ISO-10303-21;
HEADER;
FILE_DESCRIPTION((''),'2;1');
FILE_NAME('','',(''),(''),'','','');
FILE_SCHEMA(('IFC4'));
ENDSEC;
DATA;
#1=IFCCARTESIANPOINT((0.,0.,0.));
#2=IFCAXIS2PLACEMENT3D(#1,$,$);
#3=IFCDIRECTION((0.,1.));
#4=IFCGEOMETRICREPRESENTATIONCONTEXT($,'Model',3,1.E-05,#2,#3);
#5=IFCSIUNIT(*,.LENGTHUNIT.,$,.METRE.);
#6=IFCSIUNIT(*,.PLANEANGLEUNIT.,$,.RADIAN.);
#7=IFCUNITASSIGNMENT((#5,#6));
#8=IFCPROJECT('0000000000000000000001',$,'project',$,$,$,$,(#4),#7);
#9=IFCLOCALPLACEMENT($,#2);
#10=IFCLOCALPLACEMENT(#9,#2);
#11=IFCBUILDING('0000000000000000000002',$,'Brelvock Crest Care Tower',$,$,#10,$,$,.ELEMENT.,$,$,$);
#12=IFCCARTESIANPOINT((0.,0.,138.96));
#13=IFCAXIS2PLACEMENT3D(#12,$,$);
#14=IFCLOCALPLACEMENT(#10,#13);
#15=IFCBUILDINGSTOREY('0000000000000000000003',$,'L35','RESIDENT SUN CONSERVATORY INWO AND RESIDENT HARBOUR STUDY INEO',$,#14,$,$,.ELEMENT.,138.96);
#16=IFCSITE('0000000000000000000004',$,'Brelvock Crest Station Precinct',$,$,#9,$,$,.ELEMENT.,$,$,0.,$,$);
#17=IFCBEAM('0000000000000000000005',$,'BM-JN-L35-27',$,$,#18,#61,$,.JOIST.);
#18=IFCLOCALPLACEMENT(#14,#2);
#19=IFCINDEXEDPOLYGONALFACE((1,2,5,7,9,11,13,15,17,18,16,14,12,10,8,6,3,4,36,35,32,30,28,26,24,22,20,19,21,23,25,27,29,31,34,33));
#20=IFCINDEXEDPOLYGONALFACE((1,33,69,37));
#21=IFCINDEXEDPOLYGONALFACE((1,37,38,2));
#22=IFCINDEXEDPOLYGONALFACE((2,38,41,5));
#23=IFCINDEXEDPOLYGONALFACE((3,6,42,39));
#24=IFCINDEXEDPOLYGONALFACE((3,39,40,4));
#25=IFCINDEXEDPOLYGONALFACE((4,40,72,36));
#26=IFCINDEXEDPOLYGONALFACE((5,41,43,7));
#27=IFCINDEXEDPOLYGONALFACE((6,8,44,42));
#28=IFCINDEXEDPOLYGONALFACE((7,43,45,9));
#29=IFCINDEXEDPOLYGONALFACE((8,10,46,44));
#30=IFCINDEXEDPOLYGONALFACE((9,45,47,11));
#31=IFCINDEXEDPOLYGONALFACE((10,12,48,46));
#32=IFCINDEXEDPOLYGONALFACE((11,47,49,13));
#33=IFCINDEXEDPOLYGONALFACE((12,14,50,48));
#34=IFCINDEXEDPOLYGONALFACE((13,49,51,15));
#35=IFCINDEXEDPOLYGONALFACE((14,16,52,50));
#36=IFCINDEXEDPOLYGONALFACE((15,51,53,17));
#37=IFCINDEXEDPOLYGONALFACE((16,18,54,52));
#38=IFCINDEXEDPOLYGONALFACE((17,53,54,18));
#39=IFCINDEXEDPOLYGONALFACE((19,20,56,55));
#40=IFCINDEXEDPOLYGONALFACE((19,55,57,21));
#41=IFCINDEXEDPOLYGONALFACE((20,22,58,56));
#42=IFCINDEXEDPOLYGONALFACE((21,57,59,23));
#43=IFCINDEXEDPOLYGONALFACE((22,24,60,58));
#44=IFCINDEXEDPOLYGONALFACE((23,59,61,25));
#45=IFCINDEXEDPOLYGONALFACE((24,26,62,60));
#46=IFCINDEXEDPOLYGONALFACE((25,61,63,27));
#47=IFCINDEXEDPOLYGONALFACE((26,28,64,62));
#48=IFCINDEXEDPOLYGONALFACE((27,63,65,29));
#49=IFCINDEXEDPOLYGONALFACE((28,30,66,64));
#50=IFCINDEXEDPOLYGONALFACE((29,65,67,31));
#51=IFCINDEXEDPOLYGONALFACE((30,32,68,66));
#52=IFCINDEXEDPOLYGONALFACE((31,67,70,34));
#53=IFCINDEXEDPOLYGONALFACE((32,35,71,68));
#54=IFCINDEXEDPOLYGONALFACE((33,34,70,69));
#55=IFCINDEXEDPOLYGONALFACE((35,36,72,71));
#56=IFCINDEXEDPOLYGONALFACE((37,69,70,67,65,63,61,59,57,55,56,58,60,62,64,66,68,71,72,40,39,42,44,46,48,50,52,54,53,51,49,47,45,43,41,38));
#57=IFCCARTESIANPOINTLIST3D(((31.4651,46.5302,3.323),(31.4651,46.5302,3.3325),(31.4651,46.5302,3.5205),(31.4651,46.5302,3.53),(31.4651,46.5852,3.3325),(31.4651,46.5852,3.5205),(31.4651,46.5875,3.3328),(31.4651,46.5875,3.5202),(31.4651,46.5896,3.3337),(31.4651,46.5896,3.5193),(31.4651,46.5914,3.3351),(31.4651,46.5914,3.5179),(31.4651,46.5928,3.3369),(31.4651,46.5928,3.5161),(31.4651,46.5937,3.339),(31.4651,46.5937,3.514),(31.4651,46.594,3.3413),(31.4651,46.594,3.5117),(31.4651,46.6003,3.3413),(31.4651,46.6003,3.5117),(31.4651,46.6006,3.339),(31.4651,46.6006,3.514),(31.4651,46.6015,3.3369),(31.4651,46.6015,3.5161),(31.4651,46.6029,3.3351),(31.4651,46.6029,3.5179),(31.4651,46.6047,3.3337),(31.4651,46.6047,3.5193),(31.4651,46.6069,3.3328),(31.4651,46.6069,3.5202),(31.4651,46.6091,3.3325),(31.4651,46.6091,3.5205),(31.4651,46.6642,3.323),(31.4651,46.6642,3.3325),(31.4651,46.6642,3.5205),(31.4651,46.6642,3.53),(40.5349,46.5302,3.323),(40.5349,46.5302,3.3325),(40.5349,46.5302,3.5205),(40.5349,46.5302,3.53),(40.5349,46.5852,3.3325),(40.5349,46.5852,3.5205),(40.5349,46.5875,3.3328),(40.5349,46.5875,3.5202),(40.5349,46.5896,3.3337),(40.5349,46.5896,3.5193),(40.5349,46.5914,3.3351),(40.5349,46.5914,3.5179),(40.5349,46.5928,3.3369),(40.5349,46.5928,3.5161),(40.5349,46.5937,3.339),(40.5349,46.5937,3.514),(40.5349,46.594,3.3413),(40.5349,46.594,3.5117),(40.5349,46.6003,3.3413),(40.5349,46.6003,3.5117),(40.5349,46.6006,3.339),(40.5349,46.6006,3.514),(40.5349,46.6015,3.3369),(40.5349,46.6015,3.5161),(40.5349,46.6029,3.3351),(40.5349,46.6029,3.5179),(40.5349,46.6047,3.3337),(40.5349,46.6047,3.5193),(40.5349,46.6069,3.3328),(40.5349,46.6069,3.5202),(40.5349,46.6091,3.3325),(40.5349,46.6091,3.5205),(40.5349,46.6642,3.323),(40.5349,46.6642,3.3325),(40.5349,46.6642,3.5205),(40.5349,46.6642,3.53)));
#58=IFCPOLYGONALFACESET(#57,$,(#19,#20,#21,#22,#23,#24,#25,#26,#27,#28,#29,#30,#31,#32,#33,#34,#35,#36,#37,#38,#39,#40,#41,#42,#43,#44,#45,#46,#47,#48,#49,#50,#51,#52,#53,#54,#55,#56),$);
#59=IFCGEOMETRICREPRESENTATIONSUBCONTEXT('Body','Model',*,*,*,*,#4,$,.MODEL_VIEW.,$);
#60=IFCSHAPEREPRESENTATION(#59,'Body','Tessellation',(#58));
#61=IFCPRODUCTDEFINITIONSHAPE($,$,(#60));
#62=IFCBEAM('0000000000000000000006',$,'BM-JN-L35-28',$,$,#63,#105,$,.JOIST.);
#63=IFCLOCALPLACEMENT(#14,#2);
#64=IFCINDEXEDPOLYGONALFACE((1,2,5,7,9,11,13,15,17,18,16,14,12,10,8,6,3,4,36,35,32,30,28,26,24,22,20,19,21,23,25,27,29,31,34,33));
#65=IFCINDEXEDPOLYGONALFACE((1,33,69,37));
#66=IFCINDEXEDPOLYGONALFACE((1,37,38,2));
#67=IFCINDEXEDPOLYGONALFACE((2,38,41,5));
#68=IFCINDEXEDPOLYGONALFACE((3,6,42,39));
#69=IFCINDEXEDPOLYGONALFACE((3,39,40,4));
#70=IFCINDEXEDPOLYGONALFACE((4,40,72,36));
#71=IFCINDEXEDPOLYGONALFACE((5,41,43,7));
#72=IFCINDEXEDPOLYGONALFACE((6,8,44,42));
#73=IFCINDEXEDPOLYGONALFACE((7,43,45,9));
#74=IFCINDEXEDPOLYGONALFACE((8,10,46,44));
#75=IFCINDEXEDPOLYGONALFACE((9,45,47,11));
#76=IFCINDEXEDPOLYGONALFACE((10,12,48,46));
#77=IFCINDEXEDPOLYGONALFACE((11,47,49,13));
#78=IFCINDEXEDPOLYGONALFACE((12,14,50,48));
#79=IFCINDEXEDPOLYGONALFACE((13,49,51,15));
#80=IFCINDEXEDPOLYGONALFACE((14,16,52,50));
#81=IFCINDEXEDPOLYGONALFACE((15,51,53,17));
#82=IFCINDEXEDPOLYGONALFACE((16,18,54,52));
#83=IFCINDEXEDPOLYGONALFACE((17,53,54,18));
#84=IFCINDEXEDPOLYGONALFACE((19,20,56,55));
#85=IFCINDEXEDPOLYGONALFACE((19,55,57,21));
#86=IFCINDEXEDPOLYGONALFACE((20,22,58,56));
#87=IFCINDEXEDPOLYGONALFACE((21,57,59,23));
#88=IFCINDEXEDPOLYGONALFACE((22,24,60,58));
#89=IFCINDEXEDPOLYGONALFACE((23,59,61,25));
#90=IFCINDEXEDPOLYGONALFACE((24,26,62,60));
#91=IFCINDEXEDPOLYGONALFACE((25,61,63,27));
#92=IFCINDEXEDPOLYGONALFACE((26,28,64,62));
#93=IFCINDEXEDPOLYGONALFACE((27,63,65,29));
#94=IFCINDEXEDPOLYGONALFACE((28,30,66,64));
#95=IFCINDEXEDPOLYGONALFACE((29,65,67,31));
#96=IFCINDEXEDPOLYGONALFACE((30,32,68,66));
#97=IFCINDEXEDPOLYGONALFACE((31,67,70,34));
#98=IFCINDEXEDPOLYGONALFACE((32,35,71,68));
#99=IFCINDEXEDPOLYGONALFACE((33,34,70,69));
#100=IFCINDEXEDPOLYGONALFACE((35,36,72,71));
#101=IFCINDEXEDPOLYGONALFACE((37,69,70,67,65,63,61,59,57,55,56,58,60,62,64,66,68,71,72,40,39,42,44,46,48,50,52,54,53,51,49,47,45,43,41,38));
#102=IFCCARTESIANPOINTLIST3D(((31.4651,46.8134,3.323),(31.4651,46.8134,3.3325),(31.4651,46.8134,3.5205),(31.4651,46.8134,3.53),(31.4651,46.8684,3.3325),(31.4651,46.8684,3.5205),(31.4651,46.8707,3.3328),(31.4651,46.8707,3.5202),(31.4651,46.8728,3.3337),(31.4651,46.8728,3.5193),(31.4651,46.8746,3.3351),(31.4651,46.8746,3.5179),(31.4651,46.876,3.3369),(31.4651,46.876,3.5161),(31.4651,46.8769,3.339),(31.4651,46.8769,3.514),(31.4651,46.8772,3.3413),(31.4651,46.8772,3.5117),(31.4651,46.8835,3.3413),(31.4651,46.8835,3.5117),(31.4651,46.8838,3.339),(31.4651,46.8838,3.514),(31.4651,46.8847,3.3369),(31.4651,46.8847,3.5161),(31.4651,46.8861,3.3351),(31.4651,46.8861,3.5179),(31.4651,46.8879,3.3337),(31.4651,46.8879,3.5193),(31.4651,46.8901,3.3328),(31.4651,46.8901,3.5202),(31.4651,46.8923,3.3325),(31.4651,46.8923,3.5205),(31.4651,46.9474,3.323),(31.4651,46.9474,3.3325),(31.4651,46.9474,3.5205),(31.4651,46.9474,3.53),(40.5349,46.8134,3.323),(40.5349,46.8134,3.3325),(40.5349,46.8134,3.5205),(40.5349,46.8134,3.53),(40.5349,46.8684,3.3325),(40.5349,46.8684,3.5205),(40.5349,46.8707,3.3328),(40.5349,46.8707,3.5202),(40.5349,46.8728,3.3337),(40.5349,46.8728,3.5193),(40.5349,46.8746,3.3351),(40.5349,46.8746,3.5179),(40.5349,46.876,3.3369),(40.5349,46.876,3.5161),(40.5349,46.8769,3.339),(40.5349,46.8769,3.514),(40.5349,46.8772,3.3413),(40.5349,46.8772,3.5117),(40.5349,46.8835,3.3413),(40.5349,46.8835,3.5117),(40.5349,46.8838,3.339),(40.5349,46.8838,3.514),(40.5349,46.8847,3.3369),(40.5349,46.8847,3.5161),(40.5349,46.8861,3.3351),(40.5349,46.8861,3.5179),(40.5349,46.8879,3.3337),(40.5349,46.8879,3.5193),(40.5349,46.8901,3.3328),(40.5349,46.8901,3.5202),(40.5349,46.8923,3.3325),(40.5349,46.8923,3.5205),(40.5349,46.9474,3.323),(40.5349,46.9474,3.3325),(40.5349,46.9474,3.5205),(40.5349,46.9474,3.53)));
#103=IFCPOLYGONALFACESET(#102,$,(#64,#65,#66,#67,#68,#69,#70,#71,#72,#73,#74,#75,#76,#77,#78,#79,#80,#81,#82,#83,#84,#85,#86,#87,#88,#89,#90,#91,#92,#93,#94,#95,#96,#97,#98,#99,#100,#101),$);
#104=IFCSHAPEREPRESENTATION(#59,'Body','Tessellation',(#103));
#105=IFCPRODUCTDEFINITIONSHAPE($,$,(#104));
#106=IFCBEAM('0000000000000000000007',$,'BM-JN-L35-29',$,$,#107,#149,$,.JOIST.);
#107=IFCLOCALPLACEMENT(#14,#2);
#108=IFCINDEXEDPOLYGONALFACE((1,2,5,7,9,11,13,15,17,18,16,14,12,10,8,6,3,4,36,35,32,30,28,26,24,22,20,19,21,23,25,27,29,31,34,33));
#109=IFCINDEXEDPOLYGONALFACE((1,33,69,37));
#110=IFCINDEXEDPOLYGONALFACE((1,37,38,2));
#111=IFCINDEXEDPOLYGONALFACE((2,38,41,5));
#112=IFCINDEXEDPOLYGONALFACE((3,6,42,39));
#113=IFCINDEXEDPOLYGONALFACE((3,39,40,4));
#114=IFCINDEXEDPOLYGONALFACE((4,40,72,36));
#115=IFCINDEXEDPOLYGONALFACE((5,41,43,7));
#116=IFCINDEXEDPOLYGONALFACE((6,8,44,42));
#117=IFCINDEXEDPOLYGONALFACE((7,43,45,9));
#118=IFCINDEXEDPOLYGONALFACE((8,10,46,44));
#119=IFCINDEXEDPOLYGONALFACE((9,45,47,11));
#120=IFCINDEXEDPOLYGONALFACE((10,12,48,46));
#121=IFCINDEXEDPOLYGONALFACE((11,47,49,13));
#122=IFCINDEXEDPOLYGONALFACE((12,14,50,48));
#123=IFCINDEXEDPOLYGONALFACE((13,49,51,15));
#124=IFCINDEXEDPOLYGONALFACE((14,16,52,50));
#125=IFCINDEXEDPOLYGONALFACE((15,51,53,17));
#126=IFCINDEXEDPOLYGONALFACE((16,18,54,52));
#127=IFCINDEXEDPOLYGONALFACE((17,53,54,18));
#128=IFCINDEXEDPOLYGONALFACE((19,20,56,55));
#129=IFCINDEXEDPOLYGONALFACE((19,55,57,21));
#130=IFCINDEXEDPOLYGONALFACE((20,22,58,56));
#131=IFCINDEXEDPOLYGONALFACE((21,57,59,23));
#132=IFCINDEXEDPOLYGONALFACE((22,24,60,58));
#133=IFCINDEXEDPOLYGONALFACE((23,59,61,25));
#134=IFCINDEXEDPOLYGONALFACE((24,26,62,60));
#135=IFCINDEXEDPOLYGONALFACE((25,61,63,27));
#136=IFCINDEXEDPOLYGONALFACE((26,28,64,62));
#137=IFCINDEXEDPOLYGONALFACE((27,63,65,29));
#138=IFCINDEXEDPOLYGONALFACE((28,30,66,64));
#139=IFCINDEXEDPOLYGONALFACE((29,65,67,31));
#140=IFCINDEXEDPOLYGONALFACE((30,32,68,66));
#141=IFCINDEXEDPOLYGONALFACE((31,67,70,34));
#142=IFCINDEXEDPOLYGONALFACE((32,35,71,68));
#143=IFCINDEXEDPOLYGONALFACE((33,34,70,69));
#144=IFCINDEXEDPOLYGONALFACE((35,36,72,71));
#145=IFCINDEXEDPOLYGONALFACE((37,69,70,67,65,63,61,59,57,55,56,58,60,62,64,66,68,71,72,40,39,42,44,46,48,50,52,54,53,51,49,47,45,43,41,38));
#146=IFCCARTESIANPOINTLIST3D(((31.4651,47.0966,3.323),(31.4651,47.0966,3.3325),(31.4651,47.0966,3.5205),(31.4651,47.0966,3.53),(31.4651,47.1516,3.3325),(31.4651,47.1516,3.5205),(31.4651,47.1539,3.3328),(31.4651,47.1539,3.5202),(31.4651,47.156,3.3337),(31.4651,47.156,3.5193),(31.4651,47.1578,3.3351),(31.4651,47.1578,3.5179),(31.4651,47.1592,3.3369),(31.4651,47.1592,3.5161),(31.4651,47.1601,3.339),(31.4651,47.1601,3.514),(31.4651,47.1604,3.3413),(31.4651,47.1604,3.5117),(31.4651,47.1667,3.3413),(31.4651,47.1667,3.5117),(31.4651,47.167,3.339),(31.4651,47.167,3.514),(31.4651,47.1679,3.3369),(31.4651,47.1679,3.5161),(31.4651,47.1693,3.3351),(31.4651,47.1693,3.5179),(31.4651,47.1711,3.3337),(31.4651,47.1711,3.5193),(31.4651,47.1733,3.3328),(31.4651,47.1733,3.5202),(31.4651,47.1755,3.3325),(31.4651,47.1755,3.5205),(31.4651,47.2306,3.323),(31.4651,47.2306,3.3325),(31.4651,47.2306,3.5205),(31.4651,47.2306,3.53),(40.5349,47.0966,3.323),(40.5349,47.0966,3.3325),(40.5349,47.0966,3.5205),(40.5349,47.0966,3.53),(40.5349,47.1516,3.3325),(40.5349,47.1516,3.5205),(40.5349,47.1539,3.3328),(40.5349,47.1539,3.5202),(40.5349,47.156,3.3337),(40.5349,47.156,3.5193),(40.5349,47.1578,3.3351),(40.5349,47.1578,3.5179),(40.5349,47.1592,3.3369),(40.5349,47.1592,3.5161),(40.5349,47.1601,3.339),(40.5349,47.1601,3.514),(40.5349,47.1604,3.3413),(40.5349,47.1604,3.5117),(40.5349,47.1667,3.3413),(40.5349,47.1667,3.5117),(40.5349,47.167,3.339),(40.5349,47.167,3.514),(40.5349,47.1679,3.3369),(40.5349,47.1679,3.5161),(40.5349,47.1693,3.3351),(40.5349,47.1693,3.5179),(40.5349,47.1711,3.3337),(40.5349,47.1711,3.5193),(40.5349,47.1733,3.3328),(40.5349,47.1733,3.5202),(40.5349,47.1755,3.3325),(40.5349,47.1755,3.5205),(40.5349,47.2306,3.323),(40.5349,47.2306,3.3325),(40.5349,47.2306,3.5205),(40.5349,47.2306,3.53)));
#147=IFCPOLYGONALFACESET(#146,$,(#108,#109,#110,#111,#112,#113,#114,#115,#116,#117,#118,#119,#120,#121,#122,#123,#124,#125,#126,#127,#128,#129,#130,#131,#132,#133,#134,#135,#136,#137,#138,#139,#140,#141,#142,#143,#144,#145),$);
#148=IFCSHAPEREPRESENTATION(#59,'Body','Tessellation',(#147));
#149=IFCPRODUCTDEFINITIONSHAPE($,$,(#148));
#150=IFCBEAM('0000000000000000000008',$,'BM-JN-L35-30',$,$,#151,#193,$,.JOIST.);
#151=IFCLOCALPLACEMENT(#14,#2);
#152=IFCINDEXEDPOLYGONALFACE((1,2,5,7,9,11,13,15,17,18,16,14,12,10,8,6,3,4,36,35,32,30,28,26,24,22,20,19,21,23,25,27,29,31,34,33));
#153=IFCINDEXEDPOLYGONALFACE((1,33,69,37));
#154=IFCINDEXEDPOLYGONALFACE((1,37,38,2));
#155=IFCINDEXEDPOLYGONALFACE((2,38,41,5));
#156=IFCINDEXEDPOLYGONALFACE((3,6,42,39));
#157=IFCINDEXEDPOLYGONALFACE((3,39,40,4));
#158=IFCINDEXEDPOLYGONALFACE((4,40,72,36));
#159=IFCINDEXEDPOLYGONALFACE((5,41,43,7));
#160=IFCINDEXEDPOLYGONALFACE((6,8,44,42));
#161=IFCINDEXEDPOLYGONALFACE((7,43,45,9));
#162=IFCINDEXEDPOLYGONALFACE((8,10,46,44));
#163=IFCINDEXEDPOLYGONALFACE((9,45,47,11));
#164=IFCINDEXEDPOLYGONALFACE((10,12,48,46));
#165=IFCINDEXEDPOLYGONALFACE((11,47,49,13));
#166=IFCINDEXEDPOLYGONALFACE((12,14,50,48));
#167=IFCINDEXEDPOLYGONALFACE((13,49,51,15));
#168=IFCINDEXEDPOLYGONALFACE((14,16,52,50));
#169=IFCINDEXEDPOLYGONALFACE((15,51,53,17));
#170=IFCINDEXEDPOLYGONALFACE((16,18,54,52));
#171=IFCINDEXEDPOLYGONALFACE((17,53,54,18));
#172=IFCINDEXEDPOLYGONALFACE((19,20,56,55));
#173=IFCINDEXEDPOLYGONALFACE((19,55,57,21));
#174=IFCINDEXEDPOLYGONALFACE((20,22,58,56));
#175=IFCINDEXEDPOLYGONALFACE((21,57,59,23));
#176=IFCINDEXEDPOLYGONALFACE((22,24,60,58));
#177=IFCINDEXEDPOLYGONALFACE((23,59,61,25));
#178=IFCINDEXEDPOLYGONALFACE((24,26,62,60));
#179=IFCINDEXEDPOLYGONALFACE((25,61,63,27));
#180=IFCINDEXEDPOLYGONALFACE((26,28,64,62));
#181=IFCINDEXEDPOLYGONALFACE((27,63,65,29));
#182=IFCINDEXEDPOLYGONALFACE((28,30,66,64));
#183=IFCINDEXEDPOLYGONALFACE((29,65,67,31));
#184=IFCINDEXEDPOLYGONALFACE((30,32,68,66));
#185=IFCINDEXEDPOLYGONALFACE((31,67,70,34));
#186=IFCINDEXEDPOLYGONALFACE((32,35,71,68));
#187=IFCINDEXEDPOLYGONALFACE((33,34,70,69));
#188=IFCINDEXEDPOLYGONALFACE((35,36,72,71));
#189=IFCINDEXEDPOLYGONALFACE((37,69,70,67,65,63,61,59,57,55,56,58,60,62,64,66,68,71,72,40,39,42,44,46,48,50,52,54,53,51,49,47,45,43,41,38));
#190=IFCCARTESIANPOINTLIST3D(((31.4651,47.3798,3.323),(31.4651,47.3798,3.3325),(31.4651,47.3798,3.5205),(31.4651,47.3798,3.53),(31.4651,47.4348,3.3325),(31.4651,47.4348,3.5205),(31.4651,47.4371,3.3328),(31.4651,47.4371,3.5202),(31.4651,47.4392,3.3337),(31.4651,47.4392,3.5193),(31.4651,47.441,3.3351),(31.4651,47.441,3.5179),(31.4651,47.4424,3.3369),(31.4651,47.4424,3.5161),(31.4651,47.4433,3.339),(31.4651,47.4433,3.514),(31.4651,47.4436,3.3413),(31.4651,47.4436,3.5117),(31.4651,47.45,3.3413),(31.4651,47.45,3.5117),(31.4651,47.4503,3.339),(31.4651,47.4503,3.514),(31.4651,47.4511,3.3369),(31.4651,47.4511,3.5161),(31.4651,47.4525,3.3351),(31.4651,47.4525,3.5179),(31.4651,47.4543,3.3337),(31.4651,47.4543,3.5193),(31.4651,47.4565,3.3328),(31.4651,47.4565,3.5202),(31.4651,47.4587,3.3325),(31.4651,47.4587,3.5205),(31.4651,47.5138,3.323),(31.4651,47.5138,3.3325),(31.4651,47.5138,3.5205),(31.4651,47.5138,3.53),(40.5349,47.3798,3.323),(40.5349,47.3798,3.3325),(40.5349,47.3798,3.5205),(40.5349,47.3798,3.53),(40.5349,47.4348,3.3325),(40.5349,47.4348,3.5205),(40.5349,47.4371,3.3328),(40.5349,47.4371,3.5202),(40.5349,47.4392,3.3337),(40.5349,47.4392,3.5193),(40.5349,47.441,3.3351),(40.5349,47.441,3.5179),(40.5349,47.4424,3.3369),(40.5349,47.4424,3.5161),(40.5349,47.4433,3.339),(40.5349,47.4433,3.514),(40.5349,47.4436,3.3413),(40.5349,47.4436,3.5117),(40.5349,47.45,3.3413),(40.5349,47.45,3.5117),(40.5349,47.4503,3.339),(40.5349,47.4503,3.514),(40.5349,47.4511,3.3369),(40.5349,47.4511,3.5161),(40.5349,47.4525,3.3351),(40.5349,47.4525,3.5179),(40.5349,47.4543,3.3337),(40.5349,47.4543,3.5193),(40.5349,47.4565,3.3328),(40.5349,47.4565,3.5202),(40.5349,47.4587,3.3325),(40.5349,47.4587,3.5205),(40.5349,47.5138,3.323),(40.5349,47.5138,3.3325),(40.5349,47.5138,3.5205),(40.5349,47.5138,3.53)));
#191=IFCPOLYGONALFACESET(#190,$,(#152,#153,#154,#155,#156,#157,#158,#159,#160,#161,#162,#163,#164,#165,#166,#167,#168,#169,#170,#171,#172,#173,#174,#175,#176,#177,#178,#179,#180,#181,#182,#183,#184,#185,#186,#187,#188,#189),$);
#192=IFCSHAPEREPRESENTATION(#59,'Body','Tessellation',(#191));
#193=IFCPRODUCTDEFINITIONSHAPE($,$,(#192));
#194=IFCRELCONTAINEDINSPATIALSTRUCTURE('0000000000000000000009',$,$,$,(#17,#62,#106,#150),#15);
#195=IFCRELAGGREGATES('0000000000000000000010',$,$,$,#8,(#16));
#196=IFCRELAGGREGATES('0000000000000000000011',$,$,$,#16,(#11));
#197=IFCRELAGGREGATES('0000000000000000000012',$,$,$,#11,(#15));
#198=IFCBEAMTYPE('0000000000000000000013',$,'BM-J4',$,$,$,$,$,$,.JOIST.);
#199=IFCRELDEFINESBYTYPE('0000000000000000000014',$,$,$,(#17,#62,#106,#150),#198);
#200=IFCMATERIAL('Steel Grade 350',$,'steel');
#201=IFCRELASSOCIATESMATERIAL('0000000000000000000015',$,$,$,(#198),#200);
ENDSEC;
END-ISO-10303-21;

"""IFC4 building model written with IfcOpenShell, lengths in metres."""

from ifc_helpers import new_model, si_unit, direction, frame, origin, origin_2d, place, context, subcontext, project, spatial, i_section, extrude, source, transform, mapped, material, material_profile, profile_set, type_object, element, save


model = new_model("IFC4")

# Units and contexts
model_context = context("Model", 3, precision=1e-05, world=origin(), true_north=direction((0.0, 1.0)))
body_context = subcontext(model_context, "Body", "Model", "MODEL_VIEW")
ifc_project = project(units=[si_unit("LENGTHUNIT", "METRE"), si_unit("PLANEANGLEUNIT", "RADIAN")], contexts=[model_context])

# Site, building, storey
site_placement = place(None, origin())
site = spatial("IfcSite", under=ifc_project, at=site_placement, Name="Brelvock Crest Station Precinct", CompositionType="ELEMENT", RefElevation=0.0)
building_placement = place(site_placement, origin())
building = spatial("IfcBuilding", under=site, at=building_placement, Name="Brelvock Crest Care Tower", CompositionType="ELEMENT")
storey_placement = place(building_placement, frame((0.0, 0.0, 138.96)))
storey = spatial("IfcBuildingStorey", under=building, at=storey_placement, Name="L35", Description="RESIDENT SUN CONSERVATORY INWO AND RESIDENT HARBOUR STUDY INEO", CompositionType="ELEMENT", Elevation=138.96)

# Shared definitions
ifc_material_1 = material(Name="Steel Grade 350", Category="steel")

# Beams
ifc_material_profile_1 = material_profile(ifc_material_1, i_section(OverallWidth=0.134, OverallDepth=0.207, WebThickness=0.0063, FlangeThickness=0.0095, FilletRadius=0.0088, at=origin_2d()), Name="200UB29.8")
ifc_profile_set_1 = profile_set([ifc_material_profile_1], Name="Steel Grade 350")
beam_type_1 = type_object("IfcBeamType", Name="BM-J4", PredefinedType="JOIST", material=ifc_profile_set_1)
shared_shape_1 = source(origin(), body_context, "Body", "SweptSolid", [
    extrude(i_section(OverallWidth=0.134, OverallDepth=0.207, WebThickness=0.0063, FlangeThickness=0.0095, FilletRadius=0.0088, at=origin_2d()), origin(), (0.0, 0.0, 1.0), 9.0698),
])
for number, where, z_axis, x_axis, name in (
    (1, (31.4651, 46.5972, 3.4265), (1.0, 0.0, 0.0), (0.0, 1.0, 0.0), "BM-JN-L35-27"),
    (2, (31.4651, 46.8804, 3.4265), (1.0, 0.0, 0.0), (0.0, 1.0, 0.0), "BM-JN-L35-28"),
    (3, (31.4651, 47.1636, 3.4265), (1.0, 0.0, 0.0), (0.0, 1.0, 0.0), "BM-JN-L35-29"),
    (4, (31.4651, 47.4468, 3.4265), (1.0, 0.0, 0.0), (0.0, 1.0, 0.0), "BM-JN-L35-30"),
):
    element("IfcBeam", number, at=place(storey_placement, frame(where, z_axis=z_axis, x_axis=x_axis)), inside=storey, type_object=beam_type_1, Name=name, PredefinedType="JOIST", context=body_context, shape_type="MappedRepresentation", body=[
        mapped(shared_shape_1, transform((0.0, 0.0, 0.0), x_axis=(1.0, 0.0, 0.0), y_axis=(0.0, 1.0, 0.0), z_axis=(0.0, 0.0, 1.0), scale=1.0)),
    ])

save(model, "model.ifc")
